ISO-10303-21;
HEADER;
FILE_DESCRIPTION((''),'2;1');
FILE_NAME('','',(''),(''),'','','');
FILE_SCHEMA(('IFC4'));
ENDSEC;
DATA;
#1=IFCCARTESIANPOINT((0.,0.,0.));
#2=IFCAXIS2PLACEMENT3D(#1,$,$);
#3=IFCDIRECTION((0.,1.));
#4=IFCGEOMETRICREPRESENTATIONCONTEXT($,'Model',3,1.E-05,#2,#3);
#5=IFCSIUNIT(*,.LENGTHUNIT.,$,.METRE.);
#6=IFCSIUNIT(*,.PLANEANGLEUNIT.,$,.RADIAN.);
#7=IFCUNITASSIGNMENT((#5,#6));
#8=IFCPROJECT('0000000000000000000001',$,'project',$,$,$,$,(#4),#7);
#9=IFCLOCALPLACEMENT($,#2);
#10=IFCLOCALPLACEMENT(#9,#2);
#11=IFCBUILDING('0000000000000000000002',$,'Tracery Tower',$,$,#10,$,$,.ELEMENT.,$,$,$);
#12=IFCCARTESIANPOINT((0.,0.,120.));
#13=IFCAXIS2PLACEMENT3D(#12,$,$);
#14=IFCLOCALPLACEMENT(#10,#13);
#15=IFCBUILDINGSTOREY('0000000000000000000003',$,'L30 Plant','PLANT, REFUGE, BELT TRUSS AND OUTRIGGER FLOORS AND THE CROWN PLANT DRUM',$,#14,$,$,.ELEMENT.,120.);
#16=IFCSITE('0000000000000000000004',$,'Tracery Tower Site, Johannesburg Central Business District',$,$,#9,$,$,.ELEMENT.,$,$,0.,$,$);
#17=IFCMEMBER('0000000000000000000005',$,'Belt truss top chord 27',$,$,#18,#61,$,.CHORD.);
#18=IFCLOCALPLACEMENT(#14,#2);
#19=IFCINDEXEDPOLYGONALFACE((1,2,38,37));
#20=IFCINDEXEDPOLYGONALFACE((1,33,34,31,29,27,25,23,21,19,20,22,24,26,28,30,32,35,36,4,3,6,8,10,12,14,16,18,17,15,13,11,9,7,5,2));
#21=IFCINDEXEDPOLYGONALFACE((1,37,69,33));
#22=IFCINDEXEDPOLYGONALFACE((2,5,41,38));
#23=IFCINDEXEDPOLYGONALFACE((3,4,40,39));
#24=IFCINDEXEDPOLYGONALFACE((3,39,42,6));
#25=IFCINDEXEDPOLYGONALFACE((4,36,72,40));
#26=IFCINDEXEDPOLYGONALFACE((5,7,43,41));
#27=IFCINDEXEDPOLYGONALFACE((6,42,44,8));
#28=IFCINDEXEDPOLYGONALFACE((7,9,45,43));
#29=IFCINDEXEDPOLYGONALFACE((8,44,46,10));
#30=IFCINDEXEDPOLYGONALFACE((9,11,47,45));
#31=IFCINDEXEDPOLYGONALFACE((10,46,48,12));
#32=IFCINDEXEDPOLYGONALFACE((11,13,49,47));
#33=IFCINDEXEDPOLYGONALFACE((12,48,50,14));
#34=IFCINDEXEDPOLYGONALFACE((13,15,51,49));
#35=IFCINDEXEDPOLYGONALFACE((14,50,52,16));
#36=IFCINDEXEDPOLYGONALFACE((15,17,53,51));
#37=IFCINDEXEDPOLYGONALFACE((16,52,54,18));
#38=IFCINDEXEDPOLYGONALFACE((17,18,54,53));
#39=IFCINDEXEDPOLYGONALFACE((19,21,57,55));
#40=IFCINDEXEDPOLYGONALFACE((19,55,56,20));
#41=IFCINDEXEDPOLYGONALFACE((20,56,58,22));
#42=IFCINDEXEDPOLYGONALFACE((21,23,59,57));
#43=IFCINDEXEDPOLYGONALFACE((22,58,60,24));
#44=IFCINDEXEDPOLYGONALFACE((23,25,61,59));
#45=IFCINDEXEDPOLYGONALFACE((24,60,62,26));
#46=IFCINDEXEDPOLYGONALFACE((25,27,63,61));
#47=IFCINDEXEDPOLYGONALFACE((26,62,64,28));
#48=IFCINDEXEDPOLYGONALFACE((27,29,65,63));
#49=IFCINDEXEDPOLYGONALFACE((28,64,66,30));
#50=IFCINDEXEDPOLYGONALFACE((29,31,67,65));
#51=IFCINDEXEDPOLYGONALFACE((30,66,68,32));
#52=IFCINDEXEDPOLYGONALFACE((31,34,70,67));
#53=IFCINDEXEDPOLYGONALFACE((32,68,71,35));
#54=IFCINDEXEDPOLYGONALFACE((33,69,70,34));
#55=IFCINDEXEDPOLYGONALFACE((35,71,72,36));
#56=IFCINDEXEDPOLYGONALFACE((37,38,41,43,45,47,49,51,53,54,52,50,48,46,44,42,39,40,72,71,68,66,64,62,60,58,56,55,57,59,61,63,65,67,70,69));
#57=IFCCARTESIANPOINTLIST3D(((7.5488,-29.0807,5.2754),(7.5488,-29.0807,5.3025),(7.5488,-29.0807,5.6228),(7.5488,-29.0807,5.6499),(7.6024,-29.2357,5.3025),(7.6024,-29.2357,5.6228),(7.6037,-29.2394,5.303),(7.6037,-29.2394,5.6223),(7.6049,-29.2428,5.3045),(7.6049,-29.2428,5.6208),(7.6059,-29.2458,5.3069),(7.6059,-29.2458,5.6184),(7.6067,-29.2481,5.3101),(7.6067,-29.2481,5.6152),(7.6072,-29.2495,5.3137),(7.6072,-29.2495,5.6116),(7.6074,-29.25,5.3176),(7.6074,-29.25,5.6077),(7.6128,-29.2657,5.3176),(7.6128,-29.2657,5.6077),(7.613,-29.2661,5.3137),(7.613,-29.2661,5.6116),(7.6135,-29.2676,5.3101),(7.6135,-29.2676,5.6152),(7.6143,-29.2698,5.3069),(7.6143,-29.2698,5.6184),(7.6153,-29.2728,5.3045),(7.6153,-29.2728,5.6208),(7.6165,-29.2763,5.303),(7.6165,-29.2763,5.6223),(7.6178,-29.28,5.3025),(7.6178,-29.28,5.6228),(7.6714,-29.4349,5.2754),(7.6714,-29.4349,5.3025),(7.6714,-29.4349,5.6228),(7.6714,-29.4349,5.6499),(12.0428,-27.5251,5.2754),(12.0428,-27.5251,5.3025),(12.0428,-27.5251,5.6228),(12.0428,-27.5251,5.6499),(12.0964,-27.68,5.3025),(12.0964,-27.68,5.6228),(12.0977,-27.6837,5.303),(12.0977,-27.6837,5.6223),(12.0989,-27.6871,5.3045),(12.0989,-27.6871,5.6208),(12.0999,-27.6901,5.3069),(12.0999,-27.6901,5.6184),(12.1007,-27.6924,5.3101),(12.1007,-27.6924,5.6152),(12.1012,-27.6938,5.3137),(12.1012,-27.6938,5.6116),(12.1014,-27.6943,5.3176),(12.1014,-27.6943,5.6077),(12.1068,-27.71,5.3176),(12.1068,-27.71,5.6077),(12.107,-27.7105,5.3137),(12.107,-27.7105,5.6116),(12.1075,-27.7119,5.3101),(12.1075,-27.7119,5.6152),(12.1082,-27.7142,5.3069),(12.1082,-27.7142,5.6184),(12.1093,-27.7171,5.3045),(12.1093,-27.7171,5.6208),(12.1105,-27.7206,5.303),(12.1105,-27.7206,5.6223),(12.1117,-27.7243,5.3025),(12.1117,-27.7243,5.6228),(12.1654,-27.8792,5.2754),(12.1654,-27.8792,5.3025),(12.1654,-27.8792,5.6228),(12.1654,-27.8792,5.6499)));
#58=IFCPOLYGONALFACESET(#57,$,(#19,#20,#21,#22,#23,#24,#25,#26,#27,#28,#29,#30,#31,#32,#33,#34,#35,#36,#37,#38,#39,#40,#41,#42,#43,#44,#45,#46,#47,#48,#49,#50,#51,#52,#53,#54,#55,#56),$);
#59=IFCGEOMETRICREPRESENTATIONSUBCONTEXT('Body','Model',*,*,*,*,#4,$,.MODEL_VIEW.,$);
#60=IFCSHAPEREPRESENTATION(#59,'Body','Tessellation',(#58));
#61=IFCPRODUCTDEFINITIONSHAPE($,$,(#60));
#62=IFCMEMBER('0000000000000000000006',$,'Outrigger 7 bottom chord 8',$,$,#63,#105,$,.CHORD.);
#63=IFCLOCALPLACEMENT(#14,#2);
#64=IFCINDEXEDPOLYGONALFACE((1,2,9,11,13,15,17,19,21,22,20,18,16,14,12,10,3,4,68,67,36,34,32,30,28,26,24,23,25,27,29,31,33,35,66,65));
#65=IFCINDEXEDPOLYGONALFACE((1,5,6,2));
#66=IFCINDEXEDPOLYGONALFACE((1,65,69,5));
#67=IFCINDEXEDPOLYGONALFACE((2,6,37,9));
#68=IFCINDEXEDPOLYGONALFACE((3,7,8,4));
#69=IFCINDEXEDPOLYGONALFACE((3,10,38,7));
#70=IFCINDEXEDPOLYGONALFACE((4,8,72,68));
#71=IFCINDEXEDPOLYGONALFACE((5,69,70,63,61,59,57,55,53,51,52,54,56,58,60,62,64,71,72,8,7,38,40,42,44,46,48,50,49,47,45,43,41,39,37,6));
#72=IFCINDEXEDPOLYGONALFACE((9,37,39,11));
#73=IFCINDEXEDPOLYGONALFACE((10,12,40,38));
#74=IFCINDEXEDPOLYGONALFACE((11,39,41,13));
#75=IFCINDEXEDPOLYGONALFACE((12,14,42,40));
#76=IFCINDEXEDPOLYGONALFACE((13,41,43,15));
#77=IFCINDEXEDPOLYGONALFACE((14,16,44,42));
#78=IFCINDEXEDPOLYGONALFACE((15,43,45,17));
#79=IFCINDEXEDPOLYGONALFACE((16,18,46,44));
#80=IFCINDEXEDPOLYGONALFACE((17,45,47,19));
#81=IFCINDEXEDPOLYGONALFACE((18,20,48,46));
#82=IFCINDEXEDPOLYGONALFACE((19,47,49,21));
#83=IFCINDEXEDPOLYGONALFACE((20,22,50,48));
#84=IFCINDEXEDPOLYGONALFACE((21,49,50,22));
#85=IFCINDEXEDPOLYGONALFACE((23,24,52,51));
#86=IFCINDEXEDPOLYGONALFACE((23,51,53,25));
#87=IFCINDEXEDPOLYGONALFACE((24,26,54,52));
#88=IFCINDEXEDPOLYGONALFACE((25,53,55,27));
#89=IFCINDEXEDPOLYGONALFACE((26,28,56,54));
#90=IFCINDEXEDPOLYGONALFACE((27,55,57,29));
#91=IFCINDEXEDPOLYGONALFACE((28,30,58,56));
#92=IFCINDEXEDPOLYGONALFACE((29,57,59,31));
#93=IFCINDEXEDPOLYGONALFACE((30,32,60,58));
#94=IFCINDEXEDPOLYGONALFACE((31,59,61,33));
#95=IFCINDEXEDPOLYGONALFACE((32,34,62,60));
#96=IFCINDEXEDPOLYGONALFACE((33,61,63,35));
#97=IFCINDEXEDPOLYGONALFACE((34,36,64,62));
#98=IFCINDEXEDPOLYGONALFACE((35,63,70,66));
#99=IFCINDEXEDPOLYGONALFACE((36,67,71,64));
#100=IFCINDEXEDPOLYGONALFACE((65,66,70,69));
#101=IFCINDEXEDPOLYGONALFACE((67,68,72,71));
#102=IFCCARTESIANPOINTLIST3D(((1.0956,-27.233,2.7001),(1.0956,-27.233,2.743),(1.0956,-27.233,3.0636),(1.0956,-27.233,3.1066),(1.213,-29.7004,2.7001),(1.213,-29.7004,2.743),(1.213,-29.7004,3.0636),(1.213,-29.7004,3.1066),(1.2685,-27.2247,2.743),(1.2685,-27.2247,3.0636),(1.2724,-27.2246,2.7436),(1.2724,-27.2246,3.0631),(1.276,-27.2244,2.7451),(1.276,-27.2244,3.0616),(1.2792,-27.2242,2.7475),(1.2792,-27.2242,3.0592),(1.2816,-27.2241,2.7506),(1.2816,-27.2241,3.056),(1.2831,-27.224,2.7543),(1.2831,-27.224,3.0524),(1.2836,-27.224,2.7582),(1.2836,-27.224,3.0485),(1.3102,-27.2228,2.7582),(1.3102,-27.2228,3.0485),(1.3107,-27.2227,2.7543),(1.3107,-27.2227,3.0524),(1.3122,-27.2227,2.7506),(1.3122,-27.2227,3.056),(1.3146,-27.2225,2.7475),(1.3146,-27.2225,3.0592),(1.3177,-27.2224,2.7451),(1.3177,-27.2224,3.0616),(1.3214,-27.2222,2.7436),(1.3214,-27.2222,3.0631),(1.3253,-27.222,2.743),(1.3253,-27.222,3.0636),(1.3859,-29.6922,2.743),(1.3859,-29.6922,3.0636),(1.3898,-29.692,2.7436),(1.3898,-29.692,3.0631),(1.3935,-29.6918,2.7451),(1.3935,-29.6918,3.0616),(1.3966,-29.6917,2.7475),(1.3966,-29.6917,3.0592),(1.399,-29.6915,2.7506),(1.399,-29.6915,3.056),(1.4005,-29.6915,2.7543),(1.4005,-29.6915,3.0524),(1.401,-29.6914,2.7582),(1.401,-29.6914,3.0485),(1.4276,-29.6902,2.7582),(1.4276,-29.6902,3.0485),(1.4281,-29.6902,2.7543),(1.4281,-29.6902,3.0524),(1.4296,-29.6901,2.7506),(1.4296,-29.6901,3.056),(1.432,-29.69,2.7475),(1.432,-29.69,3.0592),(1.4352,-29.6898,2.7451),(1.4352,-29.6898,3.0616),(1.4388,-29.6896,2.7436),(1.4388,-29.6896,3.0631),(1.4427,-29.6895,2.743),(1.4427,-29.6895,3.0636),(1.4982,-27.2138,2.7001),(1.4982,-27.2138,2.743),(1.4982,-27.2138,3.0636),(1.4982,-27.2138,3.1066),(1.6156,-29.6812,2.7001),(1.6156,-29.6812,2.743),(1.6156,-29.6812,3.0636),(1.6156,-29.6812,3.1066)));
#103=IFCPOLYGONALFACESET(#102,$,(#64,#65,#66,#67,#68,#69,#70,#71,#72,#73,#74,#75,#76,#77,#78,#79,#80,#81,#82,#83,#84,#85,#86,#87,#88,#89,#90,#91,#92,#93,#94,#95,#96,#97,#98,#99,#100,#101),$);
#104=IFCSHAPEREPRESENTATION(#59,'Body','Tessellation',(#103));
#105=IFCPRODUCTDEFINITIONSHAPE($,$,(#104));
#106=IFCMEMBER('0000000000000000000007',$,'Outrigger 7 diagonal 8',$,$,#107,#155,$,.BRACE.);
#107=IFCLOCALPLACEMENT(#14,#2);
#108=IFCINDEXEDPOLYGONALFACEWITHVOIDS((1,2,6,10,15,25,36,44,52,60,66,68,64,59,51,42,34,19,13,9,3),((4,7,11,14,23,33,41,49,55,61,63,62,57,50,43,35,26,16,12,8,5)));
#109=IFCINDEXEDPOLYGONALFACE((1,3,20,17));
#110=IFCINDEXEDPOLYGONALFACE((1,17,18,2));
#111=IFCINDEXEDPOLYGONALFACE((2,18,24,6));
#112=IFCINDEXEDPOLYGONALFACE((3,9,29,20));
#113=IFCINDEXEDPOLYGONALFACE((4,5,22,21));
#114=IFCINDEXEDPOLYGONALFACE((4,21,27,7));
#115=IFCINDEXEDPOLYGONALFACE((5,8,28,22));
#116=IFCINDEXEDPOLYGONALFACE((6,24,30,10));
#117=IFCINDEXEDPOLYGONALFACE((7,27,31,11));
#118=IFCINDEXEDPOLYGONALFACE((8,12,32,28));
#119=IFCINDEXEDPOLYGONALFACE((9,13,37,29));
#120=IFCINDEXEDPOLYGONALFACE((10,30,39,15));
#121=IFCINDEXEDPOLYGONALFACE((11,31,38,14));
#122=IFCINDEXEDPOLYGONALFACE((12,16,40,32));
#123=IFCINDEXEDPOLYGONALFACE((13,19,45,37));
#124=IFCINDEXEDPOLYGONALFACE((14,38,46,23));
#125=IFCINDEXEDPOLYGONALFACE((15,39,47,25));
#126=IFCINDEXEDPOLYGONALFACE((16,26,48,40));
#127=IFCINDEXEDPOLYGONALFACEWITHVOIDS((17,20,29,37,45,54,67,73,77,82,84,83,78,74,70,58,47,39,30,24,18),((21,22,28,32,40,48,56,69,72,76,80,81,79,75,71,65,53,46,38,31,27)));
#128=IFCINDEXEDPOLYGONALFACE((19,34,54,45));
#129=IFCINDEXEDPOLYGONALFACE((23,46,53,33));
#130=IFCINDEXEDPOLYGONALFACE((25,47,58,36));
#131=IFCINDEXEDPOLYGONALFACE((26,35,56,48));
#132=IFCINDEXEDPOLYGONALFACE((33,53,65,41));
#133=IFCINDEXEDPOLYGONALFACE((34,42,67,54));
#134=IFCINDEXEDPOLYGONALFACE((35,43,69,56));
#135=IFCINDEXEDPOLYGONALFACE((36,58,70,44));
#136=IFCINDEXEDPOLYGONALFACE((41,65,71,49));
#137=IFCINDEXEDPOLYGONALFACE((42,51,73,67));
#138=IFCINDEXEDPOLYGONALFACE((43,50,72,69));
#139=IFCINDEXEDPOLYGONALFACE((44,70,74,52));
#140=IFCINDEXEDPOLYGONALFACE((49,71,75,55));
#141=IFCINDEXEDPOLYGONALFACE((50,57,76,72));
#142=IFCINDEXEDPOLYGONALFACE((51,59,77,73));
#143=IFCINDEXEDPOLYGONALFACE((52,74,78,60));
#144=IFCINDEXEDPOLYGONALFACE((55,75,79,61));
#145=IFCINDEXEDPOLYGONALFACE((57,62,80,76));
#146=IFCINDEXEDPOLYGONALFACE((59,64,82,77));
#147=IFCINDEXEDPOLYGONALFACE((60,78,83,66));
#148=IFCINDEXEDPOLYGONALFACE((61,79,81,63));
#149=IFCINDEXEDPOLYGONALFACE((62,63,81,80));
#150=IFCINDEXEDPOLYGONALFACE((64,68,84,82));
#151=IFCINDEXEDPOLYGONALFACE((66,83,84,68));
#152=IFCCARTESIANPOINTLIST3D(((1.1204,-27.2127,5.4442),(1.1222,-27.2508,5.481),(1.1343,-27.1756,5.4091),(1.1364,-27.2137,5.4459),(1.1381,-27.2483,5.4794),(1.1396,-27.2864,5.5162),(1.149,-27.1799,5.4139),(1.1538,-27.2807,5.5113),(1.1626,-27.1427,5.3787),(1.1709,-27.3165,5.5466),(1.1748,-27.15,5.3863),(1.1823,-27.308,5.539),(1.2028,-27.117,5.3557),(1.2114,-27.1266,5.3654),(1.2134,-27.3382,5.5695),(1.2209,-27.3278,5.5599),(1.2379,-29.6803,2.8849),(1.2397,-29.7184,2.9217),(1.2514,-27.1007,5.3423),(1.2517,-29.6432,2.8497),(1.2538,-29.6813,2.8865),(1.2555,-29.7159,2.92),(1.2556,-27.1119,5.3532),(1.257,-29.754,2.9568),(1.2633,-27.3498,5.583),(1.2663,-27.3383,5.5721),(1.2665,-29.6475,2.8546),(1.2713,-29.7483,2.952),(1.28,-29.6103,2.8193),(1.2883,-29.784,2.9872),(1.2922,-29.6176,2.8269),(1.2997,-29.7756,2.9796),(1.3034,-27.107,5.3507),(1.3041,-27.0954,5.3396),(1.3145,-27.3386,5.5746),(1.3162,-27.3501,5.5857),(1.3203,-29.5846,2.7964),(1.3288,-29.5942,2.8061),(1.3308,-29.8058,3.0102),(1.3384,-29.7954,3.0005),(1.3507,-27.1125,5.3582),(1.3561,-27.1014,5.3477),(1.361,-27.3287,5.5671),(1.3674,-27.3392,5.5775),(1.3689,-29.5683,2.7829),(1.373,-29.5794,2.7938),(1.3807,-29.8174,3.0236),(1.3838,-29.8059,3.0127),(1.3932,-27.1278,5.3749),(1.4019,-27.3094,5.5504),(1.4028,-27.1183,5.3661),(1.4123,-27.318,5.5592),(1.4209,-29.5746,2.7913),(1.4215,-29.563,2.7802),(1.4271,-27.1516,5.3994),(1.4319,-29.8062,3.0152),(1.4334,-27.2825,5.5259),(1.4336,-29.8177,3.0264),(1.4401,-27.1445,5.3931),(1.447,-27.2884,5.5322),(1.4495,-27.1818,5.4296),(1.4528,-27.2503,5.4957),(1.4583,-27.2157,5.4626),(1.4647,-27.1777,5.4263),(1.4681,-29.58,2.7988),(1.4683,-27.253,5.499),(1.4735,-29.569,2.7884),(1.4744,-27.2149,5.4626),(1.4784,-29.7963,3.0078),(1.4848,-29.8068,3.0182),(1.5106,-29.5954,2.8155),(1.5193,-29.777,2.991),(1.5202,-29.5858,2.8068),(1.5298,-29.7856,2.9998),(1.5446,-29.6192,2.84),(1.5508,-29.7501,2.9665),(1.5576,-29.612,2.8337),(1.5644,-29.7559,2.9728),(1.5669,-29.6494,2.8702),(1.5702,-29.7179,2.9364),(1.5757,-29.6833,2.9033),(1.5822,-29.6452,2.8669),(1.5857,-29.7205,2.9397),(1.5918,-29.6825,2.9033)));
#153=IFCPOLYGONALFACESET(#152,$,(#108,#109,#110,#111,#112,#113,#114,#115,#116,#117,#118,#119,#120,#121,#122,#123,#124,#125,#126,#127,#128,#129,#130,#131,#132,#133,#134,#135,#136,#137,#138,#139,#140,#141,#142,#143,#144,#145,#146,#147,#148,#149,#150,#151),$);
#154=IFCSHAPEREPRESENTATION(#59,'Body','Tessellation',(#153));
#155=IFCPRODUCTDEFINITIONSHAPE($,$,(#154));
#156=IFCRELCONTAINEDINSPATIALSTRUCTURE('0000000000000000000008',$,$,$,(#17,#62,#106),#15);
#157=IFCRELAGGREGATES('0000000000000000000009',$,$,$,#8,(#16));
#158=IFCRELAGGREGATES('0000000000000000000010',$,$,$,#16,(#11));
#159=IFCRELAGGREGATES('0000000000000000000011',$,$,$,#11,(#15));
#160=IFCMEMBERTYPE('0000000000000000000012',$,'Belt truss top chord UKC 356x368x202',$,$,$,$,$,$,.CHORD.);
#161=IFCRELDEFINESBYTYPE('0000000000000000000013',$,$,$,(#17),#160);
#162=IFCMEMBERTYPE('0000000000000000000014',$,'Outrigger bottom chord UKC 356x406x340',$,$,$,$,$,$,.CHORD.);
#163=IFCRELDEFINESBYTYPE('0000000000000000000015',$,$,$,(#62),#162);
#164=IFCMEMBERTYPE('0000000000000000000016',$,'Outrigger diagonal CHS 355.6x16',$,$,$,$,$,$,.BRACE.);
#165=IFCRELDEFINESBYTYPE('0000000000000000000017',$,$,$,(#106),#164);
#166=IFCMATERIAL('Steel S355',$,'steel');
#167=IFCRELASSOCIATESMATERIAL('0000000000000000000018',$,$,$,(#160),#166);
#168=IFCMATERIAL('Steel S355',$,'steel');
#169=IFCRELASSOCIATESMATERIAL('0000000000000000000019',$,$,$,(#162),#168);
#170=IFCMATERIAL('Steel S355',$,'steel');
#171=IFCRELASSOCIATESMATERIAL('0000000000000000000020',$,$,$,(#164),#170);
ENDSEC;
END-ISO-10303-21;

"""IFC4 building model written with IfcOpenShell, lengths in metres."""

from ifc_helpers import new_model, si_unit, direction, frame, origin, origin_2d, place, context, subcontext, project, spatial, hollow_circle, i_section, extrude, material, material_profile, profile_set, type_object, element, save


model = new_model("IFC4")

# Units and contexts
model_context = context("Model", 3, precision=1e-05, world=origin(), true_north=direction((0.0, 1.0)))
body_context = subcontext(model_context, "Body", "Model", "MODEL_VIEW")
ifc_project = project(units=[si_unit("LENGTHUNIT", "METRE"), si_unit("PLANEANGLEUNIT", "RADIAN")], contexts=[model_context])

# Site, building, storey
site_placement = place(None, origin())
site = spatial("IfcSite", under=ifc_project, at=site_placement, Name="Tracery Tower Site, Johannesburg Central Business District", CompositionType="ELEMENT", RefElevation=0.0)
building_placement = place(site_placement, origin())
building = spatial("IfcBuilding", under=site, at=building_placement, Name="Tracery Tower", CompositionType="ELEMENT")
storey_placement = place(building_placement, frame((0.0, 0.0, 120.0)))
storey = spatial("IfcBuildingStorey", under=building, at=storey_placement, Name="L30 Plant", Description="PLANT, REFUGE, BELT TRUSS AND OUTRIGGER FLOORS AND THE CROWN PLANT DRUM", CompositionType="ELEMENT", Elevation=120.0)

# Members
ifc_material_1 = material(Name="Steel S355", Category="steel")
ifc_material_profile_1 = material_profile(ifc_material_1, i_section(OverallWidth=0.3748, OverallDepth=0.3745, WebThickness=0.0166, FlangeThickness=0.0271, FilletRadius=0.0151, at=origin_2d()), Name="UKC 356x368x202")
ifc_profile_set_1 = profile_set([ifc_material_profile_1], Name="Steel S355")
member_type_1 = type_object("IfcMemberType", Name="Belt truss top chord UKC 356x368x202", PredefinedType="CHORD", material=ifc_profile_set_1)
for number, where, z_axis, x_axis, name in (
    (1, (7.6101, -29.2578, 5.4626), (0.944981, 0.327126, 0.0), (-0.327126, 0.944981, 0.0), "Belt truss top chord 27"),
):
    element("IfcMember", number, at=place(storey_placement, frame(where, z_axis=z_axis, x_axis=x_axis)), inside=storey, type_object=member_type_1, Name=name, PredefinedType="CHORD", context=body_context, shape_type="SweptSolid", body=[
        extrude(i_section(OverallWidth=0.3748, OverallDepth=0.3745, WebThickness=0.0166, FlangeThickness=0.0271, FilletRadius=0.0151, at=origin_2d()), origin(), (0.0, 0.0, 1.0), 4.7556),
    ])
ifc_material_2 = material(Name="Steel S355", Category="steel")
ifc_material_profile_2 = material_profile(ifc_material_2, i_section(OverallWidth=0.4031, OverallDepth=0.4065, WebThickness=0.0266, FlangeThickness=0.043, FilletRadius=0.0151, at=origin_2d()), Name="UKC 356x406x340")
ifc_profile_set_2 = profile_set([ifc_material_profile_2], Name="Steel S355")
member_type_2 = type_object("IfcMemberType", Name="Outrigger bottom chord UKC 356x406x340", PredefinedType="CHORD", material=ifc_profile_set_2)
member_1_placement = place(storey_placement, frame((1.2969, -27.2234, 2.9033), z_axis=(0.047537, -0.998869, 0.0), x_axis=(0.998869, 0.047537, 0.0)))
element("IfcMember", 2, at=member_1_placement, inside=storey, type_object=member_type_2, Name="Outrigger 7 bottom chord 8", PredefinedType="CHORD", context=body_context, shape_type="SweptSolid", body=[
    extrude(i_section(OverallWidth=0.4031, OverallDepth=0.4065, WebThickness=0.0266, FlangeThickness=0.043, FilletRadius=0.0151, at=origin_2d()), origin(), (0.0, 0.0, 1.0), 2.4702),
])
ifc_material_3 = material(Name="Steel S355", Category="steel")
ifc_material_profile_3 = material_profile(ifc_material_3, hollow_circle(Radius=0.1777, WallThickness=0.0161, at=origin_2d()), Name="CHS 355.6x16")
ifc_profile_set_3 = profile_set([ifc_material_profile_3], Name="Steel S355")
member_type_3 = type_object("IfcMemberType", Name="Outrigger diagonal CHS 355.6x16", PredefinedType="BRACE", material=ifc_profile_set_3)
member_2_placement = place(storey_placement, frame((1.2969, -27.2234, 5.4626), z_axis=(0.033014, -0.6937, -0.719507), x_axis=(0.998869, 0.047537, 0.0)))
element("IfcMember", 3, at=member_2_placement, inside=storey, type_object=member_type_3, Name="Outrigger 7 diagonal 8", PredefinedType="BRACE", context=body_context, shape_type="SweptSolid", body=[
    extrude(hollow_circle(Radius=0.1777, WallThickness=0.0161, at=origin_2d()), origin(), (0.0, 0.0, 1.0), 3.5571),
])

save(model, "model.ifc")
